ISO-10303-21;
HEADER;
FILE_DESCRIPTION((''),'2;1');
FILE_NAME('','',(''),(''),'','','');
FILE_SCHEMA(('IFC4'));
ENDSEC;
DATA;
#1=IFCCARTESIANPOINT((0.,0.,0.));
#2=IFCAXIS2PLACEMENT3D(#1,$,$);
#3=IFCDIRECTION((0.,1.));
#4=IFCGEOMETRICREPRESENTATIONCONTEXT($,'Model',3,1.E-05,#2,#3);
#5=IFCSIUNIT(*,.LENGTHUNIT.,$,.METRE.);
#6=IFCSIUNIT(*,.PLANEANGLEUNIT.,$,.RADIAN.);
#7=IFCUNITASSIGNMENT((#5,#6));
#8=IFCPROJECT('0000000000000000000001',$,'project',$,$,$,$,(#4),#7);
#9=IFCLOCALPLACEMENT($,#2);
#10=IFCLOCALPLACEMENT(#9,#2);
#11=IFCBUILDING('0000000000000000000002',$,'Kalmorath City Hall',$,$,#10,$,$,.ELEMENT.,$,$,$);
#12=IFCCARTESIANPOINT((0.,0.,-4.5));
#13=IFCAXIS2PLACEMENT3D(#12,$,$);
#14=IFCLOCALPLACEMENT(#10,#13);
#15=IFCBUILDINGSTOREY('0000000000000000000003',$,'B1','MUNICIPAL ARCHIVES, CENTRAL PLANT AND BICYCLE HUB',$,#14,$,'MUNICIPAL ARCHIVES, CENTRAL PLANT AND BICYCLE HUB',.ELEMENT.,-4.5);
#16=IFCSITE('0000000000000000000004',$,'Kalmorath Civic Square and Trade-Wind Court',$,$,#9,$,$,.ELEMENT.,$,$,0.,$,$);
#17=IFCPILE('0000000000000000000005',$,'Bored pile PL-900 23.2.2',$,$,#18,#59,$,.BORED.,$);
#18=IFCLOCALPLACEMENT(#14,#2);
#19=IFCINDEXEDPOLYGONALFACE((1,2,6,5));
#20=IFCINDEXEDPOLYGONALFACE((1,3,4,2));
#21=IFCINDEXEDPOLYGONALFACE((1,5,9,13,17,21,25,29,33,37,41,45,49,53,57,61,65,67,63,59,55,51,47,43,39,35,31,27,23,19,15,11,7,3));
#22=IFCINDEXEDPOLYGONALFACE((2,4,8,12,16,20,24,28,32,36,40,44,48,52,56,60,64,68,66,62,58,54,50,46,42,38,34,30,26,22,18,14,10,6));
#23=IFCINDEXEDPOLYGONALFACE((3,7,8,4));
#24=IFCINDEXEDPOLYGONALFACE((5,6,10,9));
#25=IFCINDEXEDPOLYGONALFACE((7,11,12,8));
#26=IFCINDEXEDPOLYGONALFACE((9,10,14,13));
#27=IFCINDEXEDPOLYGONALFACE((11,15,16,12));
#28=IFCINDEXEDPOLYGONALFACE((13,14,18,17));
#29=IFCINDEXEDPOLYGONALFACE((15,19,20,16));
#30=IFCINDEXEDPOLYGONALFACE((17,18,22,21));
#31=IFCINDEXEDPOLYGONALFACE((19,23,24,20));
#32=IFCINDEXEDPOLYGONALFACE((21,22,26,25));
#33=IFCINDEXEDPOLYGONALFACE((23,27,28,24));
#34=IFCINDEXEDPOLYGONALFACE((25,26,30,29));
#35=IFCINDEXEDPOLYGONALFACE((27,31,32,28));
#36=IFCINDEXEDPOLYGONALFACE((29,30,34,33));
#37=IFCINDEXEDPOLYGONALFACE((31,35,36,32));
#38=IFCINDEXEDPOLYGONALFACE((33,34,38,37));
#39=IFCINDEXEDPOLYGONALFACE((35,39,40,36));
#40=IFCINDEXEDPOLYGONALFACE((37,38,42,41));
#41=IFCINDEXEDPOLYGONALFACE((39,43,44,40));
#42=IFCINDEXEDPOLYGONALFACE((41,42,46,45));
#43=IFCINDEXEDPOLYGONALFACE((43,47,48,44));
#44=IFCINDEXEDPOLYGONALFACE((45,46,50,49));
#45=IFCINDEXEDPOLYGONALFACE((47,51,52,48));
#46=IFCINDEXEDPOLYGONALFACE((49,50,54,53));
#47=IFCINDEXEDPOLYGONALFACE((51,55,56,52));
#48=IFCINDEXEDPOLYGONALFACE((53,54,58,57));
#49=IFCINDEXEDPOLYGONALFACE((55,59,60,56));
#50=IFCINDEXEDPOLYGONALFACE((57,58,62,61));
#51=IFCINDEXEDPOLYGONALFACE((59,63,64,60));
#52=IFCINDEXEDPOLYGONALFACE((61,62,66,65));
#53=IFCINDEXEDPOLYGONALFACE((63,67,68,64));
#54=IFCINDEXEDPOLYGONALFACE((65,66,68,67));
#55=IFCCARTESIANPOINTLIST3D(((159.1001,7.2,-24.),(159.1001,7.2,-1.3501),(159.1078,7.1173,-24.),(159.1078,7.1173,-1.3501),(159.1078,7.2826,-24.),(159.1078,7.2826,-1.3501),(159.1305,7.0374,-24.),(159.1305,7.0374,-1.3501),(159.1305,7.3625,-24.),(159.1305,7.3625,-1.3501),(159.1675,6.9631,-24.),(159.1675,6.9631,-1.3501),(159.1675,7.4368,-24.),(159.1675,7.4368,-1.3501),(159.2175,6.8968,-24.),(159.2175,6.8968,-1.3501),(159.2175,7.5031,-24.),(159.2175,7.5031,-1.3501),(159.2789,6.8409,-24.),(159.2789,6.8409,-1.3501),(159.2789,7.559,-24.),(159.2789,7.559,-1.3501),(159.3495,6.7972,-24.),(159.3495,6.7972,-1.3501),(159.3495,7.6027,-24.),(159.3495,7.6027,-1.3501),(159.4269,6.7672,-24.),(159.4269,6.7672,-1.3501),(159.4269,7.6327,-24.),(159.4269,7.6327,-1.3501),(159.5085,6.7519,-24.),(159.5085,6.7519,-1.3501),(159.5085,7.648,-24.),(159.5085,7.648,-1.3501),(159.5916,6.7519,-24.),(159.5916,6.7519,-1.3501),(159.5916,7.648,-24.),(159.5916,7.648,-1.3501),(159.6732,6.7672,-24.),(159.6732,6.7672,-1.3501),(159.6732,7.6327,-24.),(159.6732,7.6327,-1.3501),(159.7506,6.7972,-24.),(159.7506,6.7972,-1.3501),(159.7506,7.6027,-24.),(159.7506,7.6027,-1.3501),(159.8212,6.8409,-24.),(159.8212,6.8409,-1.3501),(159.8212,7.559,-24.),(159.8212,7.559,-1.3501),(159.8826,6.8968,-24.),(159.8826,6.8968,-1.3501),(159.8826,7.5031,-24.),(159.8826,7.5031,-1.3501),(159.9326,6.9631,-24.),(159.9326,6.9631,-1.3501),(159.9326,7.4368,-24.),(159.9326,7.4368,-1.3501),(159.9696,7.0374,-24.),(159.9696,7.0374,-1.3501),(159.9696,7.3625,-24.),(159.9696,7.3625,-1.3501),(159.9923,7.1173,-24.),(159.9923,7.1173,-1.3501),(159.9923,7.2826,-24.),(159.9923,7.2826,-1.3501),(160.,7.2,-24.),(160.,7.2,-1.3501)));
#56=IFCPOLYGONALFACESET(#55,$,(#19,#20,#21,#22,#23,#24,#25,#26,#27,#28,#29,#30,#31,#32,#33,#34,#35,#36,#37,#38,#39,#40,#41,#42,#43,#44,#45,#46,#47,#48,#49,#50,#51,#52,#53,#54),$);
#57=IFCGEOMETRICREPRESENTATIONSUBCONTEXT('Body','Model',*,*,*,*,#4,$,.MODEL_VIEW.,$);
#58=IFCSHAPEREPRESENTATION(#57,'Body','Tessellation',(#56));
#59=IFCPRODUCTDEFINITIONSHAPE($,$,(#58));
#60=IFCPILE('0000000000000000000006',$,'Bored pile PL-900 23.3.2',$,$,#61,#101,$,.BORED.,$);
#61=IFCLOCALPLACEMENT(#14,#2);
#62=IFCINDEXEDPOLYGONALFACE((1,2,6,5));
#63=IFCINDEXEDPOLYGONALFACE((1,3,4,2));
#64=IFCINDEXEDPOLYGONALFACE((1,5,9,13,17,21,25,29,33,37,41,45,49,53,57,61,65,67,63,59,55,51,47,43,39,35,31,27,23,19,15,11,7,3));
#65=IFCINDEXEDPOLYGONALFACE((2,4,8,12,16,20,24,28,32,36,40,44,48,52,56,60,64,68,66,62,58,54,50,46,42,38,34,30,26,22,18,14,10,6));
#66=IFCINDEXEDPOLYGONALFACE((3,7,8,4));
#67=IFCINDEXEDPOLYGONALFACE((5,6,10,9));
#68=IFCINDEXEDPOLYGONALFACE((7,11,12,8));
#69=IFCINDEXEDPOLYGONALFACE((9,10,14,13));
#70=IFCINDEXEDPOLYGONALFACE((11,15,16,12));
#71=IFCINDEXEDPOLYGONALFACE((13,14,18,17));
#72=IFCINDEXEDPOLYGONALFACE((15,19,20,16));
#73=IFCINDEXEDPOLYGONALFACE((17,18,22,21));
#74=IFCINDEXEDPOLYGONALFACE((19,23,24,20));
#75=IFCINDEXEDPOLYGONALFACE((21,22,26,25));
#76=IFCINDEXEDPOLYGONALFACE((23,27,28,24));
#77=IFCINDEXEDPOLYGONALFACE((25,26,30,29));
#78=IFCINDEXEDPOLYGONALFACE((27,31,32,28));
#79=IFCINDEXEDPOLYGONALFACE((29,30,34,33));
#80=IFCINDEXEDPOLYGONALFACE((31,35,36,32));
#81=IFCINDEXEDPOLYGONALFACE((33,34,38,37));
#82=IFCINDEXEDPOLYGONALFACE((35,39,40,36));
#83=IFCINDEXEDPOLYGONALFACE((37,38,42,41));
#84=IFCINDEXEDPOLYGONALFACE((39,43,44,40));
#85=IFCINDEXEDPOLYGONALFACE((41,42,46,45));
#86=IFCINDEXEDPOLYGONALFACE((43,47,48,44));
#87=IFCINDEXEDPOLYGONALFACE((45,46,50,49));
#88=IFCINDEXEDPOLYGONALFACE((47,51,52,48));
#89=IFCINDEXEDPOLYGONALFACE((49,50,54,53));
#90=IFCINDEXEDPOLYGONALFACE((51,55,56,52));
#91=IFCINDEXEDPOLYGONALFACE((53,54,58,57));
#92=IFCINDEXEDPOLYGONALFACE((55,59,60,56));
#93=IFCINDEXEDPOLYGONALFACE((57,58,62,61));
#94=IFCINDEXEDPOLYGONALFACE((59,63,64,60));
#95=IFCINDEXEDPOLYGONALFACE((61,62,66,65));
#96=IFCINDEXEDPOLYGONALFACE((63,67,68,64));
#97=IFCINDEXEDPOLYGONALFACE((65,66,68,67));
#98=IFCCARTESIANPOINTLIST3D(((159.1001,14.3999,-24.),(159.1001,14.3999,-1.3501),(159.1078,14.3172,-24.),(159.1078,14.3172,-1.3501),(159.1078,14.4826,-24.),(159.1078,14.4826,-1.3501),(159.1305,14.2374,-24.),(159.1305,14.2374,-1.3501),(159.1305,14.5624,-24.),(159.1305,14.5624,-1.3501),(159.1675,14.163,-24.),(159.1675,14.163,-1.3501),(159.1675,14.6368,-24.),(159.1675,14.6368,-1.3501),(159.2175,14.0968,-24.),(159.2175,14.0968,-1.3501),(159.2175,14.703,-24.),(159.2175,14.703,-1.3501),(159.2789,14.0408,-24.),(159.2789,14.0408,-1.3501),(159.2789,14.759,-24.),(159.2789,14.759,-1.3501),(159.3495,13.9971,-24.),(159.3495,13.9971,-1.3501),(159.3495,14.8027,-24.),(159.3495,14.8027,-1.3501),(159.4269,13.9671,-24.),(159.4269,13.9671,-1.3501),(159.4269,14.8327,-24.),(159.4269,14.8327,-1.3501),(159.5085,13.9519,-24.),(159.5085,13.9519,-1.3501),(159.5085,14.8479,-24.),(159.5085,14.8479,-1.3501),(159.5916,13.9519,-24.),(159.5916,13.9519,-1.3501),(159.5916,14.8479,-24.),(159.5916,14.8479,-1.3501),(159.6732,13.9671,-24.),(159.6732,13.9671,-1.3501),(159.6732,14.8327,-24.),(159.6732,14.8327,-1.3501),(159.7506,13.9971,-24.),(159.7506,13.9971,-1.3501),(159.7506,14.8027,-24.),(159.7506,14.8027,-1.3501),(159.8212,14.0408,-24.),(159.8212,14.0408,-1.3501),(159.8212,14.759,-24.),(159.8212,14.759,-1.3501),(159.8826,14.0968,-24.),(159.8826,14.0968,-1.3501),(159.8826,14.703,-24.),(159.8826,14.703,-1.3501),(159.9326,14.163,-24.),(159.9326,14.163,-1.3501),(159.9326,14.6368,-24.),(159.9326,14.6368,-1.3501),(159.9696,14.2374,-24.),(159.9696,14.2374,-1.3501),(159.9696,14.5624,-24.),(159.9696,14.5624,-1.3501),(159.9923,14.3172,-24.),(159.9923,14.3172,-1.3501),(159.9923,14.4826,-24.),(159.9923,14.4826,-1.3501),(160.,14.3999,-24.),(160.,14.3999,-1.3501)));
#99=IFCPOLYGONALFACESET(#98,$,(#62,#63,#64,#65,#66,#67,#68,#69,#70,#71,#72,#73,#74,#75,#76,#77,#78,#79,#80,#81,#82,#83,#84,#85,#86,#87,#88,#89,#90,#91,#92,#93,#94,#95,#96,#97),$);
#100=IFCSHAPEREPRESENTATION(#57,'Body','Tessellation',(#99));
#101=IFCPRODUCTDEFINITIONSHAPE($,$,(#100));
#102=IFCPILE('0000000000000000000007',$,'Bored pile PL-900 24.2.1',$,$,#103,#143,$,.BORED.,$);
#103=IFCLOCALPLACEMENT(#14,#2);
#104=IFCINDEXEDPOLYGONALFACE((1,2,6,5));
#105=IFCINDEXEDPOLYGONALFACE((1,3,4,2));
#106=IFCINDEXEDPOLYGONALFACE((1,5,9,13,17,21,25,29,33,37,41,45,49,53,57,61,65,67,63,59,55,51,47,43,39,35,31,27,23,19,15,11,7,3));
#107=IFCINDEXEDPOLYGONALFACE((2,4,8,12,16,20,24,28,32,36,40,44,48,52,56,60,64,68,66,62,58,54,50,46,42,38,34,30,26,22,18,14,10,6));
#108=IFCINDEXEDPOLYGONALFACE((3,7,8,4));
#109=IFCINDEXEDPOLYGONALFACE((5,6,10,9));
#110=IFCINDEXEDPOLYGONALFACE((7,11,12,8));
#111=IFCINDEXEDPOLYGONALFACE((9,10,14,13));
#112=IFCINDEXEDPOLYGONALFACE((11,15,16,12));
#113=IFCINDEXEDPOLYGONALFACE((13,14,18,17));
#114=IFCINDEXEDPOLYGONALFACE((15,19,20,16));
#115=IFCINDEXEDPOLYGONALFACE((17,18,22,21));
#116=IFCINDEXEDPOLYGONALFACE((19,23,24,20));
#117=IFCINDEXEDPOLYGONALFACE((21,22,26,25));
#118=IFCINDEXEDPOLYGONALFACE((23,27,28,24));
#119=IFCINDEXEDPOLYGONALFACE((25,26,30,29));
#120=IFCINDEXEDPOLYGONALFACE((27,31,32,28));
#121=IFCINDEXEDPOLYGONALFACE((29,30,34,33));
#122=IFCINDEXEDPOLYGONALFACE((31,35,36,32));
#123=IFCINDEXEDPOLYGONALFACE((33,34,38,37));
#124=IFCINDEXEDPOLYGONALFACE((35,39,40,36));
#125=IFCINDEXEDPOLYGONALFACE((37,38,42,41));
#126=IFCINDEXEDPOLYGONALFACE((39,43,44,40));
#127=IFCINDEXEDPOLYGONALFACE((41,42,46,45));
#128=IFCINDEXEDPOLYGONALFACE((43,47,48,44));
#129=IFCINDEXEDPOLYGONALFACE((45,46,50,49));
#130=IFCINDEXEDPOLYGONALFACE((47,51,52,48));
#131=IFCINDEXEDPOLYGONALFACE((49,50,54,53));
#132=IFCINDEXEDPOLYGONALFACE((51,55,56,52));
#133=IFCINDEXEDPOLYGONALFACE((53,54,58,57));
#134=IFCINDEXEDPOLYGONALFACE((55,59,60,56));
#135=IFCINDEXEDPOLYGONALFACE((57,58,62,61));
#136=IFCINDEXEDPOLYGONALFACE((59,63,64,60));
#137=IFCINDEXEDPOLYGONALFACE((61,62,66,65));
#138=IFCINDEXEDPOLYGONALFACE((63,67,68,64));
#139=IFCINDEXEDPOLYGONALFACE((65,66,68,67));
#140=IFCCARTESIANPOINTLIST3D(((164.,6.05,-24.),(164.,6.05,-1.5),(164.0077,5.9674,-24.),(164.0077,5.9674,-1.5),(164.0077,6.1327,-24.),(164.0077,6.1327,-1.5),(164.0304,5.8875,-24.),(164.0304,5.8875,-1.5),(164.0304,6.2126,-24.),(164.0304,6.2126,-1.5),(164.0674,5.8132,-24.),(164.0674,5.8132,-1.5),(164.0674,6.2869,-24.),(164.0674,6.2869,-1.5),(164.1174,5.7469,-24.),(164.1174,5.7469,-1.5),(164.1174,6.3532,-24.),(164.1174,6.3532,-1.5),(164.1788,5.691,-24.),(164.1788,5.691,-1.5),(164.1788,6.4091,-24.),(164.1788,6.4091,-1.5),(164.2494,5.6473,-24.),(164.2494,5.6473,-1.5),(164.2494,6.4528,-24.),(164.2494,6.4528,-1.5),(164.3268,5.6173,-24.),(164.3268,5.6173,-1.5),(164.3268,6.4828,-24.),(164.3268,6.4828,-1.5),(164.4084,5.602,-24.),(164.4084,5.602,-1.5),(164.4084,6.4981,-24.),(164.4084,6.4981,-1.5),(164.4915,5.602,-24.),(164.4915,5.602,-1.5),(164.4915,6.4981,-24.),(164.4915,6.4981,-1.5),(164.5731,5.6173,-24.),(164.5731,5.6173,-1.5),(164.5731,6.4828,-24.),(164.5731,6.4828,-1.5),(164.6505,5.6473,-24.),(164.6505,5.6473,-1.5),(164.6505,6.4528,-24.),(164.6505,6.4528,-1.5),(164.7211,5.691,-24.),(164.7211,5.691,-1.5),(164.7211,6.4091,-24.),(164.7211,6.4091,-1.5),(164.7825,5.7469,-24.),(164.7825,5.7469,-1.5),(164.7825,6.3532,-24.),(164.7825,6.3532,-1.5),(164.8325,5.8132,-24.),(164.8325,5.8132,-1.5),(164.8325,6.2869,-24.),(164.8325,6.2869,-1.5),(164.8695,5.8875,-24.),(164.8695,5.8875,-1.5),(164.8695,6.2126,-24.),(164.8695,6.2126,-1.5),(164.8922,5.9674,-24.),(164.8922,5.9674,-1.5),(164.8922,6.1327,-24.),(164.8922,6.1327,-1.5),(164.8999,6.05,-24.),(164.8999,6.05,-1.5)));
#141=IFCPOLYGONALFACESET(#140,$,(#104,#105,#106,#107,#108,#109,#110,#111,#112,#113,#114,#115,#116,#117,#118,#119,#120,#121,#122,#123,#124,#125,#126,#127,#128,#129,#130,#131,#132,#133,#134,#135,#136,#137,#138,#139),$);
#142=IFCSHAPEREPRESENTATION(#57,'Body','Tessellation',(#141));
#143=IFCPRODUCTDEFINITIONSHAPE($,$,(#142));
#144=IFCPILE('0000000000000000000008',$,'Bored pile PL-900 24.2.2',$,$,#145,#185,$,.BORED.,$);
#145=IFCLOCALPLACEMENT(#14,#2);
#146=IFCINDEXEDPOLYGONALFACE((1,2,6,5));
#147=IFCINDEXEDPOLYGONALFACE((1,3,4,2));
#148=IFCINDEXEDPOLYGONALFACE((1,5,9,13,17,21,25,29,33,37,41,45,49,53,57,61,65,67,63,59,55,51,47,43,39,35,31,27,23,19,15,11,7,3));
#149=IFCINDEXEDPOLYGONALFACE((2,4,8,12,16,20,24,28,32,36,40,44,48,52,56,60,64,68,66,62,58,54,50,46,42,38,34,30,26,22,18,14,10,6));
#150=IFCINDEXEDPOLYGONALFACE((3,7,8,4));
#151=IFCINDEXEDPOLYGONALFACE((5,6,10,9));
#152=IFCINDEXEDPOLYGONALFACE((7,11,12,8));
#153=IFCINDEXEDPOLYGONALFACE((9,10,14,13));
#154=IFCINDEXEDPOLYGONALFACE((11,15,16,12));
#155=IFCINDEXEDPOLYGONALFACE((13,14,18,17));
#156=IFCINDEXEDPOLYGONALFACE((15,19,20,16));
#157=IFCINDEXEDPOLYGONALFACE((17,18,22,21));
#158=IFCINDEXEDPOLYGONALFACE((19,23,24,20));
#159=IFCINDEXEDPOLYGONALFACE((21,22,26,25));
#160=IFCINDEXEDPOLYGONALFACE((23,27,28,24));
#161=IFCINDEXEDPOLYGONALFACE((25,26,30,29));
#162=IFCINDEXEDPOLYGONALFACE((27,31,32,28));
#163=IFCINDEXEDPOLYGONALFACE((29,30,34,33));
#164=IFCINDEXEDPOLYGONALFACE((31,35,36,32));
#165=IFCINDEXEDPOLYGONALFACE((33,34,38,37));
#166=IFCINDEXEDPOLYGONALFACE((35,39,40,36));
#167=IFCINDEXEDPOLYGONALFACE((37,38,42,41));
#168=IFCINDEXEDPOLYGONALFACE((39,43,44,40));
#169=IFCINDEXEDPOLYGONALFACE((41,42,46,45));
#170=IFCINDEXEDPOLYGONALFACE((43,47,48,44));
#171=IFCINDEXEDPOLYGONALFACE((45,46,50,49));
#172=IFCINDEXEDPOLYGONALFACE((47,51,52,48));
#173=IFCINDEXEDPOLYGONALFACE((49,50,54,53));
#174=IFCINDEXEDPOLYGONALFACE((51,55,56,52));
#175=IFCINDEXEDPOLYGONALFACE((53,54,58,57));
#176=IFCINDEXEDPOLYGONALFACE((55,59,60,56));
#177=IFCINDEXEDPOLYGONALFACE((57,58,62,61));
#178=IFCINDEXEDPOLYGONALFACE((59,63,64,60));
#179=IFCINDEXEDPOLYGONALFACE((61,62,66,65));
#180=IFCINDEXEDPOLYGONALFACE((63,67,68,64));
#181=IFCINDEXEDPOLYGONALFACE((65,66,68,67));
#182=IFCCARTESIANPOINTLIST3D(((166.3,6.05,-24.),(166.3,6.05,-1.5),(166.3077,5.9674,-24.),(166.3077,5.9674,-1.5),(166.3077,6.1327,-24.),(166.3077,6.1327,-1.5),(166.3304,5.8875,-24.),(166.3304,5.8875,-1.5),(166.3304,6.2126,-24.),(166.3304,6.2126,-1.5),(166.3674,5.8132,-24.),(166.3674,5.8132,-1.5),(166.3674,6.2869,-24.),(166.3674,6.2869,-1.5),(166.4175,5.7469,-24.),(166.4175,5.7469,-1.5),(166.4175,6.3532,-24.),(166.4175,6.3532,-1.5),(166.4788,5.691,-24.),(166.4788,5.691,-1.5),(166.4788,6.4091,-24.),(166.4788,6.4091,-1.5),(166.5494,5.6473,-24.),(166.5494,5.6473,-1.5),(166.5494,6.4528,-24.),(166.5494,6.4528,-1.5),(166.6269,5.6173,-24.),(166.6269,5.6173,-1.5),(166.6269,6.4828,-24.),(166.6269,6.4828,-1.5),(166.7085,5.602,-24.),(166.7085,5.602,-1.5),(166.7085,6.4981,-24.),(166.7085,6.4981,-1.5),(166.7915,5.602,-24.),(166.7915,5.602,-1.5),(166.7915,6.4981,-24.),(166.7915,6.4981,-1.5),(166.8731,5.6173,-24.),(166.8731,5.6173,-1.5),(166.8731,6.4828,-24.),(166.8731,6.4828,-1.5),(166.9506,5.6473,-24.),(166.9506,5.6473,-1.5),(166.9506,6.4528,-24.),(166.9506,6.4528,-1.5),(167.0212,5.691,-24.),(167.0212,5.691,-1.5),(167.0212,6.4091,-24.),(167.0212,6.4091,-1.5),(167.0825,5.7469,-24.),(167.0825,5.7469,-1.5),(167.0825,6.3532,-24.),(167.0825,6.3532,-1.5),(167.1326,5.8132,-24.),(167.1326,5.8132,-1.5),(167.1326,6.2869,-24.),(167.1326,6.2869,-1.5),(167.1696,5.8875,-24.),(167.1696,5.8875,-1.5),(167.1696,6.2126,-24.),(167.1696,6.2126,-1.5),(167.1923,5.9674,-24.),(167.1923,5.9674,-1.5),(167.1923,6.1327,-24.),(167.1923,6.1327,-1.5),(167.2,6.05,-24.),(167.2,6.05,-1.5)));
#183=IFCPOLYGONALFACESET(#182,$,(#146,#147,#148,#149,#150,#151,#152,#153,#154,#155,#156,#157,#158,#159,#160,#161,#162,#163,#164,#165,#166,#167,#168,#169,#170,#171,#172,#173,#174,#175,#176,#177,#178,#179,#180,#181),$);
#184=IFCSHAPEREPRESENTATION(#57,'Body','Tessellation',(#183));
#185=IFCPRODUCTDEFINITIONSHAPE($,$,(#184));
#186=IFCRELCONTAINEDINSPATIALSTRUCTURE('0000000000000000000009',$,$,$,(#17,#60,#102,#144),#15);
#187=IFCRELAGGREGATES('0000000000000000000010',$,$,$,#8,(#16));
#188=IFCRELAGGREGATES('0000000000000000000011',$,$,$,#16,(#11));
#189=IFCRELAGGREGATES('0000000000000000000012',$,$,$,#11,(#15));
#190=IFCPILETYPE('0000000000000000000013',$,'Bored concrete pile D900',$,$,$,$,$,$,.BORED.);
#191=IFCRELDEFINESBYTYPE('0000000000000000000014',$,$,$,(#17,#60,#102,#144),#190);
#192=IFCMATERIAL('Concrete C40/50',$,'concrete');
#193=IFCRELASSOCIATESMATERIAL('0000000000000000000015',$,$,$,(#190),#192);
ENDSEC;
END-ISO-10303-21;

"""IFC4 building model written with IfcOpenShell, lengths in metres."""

from ifc_helpers import new_model, si_unit, direction, frame, origin, origin_2d, place, context, subcontext, project, spatial, circle, extrude, material, material_profile, profile_set, type_object, element, save


model = new_model("IFC4")

# Units and contexts
model_context = context("Model", 3, precision=1e-05, world=origin(), true_north=direction((0.0, 1.0)))
body_context = subcontext(model_context, "Body", "Model", "MODEL_VIEW")
ifc_project = project(units=[si_unit("LENGTHUNIT", "METRE"), si_unit("PLANEANGLEUNIT", "RADIAN")], contexts=[model_context])

# Site, building, storey
site_placement = place(None, origin())
site = spatial("IfcSite", under=ifc_project, at=site_placement, Name="Kalmorath Civic Square and Trade-Wind Court", CompositionType="ELEMENT", RefElevation=0.0)
building_placement = place(site_placement, origin())
building = spatial("IfcBuilding", under=site, at=building_placement, Name="Kalmorath City Hall", CompositionType="ELEMENT")
storey_placement = place(building_placement, frame((0.0, 0.0, -4.5)))
storey = spatial("IfcBuildingStorey", under=building, at=storey_placement, Name="B1", Description="MUNICIPAL ARCHIVES, CENTRAL PLANT AND BICYCLE HUB", LongName="MUNICIPAL ARCHIVES, CENTRAL PLANT AND BICYCLE HUB", CompositionType="ELEMENT", Elevation=-4.5)

# Piles
ifc_material_1 = material(Name="Concrete C40/50", Category="concrete")
ifc_material_profile_1 = material_profile(ifc_material_1, circle(Radius=0.45, at=origin_2d()), Name="PILE-D900")
ifc_profile_set_1 = profile_set([ifc_material_profile_1], Name="Concrete C40/50")
pile_type_1 = type_object("IfcPileType", Name="Bored concrete pile D900", PredefinedType="BORED", material=ifc_profile_set_1)
for number, where, z_axis, x_axis, name in (
    (1, (159.55, 7.2, -1.3501), (0.0, 0.0, -1.0), (1.0, 0.0, 0.0), "Bored pile PL-900 23.2.2"),
    (2, (159.55, 14.3999, -1.3501), (0.0, 0.0, -1.0), (1.0, 0.0, 0.0), "Bored pile PL-900 23.3.2"),
):
    element("IfcPile", number, at=place(storey_placement, frame(where, z_axis=z_axis, x_axis=x_axis)), inside=storey, type_object=pile_type_1, Name=name, PredefinedType="BORED", context=body_context, shape_type="SweptSolid", body=[
        extrude(circle(Radius=0.45, at=origin_2d()), origin(), (0.0, 0.0, 1.0), 22.6499),
    ])
for number, where, z_axis, x_axis, name in (
    (3, (164.45, 6.05, -1.5), (0.0, 0.0, -1.0), (1.0, 0.0, 0.0), "Bored pile PL-900 24.2.1"),
    (4, (166.75, 6.05, -1.5), (0.0, 0.0, -1.0), (1.0, 0.0, 0.0), "Bored pile PL-900 24.2.2"),
):
    element("IfcPile", number, at=place(storey_placement, frame(where, z_axis=z_axis, x_axis=x_axis)), inside=storey, type_object=pile_type_1, Name=name, PredefinedType="BORED", context=body_context, shape_type="SweptSolid", body=[
        extrude(circle(Radius=0.45, at=origin_2d()), origin(), (0.0, 0.0, 1.0), 22.5),
    ])

save(model, "model.ifc")
